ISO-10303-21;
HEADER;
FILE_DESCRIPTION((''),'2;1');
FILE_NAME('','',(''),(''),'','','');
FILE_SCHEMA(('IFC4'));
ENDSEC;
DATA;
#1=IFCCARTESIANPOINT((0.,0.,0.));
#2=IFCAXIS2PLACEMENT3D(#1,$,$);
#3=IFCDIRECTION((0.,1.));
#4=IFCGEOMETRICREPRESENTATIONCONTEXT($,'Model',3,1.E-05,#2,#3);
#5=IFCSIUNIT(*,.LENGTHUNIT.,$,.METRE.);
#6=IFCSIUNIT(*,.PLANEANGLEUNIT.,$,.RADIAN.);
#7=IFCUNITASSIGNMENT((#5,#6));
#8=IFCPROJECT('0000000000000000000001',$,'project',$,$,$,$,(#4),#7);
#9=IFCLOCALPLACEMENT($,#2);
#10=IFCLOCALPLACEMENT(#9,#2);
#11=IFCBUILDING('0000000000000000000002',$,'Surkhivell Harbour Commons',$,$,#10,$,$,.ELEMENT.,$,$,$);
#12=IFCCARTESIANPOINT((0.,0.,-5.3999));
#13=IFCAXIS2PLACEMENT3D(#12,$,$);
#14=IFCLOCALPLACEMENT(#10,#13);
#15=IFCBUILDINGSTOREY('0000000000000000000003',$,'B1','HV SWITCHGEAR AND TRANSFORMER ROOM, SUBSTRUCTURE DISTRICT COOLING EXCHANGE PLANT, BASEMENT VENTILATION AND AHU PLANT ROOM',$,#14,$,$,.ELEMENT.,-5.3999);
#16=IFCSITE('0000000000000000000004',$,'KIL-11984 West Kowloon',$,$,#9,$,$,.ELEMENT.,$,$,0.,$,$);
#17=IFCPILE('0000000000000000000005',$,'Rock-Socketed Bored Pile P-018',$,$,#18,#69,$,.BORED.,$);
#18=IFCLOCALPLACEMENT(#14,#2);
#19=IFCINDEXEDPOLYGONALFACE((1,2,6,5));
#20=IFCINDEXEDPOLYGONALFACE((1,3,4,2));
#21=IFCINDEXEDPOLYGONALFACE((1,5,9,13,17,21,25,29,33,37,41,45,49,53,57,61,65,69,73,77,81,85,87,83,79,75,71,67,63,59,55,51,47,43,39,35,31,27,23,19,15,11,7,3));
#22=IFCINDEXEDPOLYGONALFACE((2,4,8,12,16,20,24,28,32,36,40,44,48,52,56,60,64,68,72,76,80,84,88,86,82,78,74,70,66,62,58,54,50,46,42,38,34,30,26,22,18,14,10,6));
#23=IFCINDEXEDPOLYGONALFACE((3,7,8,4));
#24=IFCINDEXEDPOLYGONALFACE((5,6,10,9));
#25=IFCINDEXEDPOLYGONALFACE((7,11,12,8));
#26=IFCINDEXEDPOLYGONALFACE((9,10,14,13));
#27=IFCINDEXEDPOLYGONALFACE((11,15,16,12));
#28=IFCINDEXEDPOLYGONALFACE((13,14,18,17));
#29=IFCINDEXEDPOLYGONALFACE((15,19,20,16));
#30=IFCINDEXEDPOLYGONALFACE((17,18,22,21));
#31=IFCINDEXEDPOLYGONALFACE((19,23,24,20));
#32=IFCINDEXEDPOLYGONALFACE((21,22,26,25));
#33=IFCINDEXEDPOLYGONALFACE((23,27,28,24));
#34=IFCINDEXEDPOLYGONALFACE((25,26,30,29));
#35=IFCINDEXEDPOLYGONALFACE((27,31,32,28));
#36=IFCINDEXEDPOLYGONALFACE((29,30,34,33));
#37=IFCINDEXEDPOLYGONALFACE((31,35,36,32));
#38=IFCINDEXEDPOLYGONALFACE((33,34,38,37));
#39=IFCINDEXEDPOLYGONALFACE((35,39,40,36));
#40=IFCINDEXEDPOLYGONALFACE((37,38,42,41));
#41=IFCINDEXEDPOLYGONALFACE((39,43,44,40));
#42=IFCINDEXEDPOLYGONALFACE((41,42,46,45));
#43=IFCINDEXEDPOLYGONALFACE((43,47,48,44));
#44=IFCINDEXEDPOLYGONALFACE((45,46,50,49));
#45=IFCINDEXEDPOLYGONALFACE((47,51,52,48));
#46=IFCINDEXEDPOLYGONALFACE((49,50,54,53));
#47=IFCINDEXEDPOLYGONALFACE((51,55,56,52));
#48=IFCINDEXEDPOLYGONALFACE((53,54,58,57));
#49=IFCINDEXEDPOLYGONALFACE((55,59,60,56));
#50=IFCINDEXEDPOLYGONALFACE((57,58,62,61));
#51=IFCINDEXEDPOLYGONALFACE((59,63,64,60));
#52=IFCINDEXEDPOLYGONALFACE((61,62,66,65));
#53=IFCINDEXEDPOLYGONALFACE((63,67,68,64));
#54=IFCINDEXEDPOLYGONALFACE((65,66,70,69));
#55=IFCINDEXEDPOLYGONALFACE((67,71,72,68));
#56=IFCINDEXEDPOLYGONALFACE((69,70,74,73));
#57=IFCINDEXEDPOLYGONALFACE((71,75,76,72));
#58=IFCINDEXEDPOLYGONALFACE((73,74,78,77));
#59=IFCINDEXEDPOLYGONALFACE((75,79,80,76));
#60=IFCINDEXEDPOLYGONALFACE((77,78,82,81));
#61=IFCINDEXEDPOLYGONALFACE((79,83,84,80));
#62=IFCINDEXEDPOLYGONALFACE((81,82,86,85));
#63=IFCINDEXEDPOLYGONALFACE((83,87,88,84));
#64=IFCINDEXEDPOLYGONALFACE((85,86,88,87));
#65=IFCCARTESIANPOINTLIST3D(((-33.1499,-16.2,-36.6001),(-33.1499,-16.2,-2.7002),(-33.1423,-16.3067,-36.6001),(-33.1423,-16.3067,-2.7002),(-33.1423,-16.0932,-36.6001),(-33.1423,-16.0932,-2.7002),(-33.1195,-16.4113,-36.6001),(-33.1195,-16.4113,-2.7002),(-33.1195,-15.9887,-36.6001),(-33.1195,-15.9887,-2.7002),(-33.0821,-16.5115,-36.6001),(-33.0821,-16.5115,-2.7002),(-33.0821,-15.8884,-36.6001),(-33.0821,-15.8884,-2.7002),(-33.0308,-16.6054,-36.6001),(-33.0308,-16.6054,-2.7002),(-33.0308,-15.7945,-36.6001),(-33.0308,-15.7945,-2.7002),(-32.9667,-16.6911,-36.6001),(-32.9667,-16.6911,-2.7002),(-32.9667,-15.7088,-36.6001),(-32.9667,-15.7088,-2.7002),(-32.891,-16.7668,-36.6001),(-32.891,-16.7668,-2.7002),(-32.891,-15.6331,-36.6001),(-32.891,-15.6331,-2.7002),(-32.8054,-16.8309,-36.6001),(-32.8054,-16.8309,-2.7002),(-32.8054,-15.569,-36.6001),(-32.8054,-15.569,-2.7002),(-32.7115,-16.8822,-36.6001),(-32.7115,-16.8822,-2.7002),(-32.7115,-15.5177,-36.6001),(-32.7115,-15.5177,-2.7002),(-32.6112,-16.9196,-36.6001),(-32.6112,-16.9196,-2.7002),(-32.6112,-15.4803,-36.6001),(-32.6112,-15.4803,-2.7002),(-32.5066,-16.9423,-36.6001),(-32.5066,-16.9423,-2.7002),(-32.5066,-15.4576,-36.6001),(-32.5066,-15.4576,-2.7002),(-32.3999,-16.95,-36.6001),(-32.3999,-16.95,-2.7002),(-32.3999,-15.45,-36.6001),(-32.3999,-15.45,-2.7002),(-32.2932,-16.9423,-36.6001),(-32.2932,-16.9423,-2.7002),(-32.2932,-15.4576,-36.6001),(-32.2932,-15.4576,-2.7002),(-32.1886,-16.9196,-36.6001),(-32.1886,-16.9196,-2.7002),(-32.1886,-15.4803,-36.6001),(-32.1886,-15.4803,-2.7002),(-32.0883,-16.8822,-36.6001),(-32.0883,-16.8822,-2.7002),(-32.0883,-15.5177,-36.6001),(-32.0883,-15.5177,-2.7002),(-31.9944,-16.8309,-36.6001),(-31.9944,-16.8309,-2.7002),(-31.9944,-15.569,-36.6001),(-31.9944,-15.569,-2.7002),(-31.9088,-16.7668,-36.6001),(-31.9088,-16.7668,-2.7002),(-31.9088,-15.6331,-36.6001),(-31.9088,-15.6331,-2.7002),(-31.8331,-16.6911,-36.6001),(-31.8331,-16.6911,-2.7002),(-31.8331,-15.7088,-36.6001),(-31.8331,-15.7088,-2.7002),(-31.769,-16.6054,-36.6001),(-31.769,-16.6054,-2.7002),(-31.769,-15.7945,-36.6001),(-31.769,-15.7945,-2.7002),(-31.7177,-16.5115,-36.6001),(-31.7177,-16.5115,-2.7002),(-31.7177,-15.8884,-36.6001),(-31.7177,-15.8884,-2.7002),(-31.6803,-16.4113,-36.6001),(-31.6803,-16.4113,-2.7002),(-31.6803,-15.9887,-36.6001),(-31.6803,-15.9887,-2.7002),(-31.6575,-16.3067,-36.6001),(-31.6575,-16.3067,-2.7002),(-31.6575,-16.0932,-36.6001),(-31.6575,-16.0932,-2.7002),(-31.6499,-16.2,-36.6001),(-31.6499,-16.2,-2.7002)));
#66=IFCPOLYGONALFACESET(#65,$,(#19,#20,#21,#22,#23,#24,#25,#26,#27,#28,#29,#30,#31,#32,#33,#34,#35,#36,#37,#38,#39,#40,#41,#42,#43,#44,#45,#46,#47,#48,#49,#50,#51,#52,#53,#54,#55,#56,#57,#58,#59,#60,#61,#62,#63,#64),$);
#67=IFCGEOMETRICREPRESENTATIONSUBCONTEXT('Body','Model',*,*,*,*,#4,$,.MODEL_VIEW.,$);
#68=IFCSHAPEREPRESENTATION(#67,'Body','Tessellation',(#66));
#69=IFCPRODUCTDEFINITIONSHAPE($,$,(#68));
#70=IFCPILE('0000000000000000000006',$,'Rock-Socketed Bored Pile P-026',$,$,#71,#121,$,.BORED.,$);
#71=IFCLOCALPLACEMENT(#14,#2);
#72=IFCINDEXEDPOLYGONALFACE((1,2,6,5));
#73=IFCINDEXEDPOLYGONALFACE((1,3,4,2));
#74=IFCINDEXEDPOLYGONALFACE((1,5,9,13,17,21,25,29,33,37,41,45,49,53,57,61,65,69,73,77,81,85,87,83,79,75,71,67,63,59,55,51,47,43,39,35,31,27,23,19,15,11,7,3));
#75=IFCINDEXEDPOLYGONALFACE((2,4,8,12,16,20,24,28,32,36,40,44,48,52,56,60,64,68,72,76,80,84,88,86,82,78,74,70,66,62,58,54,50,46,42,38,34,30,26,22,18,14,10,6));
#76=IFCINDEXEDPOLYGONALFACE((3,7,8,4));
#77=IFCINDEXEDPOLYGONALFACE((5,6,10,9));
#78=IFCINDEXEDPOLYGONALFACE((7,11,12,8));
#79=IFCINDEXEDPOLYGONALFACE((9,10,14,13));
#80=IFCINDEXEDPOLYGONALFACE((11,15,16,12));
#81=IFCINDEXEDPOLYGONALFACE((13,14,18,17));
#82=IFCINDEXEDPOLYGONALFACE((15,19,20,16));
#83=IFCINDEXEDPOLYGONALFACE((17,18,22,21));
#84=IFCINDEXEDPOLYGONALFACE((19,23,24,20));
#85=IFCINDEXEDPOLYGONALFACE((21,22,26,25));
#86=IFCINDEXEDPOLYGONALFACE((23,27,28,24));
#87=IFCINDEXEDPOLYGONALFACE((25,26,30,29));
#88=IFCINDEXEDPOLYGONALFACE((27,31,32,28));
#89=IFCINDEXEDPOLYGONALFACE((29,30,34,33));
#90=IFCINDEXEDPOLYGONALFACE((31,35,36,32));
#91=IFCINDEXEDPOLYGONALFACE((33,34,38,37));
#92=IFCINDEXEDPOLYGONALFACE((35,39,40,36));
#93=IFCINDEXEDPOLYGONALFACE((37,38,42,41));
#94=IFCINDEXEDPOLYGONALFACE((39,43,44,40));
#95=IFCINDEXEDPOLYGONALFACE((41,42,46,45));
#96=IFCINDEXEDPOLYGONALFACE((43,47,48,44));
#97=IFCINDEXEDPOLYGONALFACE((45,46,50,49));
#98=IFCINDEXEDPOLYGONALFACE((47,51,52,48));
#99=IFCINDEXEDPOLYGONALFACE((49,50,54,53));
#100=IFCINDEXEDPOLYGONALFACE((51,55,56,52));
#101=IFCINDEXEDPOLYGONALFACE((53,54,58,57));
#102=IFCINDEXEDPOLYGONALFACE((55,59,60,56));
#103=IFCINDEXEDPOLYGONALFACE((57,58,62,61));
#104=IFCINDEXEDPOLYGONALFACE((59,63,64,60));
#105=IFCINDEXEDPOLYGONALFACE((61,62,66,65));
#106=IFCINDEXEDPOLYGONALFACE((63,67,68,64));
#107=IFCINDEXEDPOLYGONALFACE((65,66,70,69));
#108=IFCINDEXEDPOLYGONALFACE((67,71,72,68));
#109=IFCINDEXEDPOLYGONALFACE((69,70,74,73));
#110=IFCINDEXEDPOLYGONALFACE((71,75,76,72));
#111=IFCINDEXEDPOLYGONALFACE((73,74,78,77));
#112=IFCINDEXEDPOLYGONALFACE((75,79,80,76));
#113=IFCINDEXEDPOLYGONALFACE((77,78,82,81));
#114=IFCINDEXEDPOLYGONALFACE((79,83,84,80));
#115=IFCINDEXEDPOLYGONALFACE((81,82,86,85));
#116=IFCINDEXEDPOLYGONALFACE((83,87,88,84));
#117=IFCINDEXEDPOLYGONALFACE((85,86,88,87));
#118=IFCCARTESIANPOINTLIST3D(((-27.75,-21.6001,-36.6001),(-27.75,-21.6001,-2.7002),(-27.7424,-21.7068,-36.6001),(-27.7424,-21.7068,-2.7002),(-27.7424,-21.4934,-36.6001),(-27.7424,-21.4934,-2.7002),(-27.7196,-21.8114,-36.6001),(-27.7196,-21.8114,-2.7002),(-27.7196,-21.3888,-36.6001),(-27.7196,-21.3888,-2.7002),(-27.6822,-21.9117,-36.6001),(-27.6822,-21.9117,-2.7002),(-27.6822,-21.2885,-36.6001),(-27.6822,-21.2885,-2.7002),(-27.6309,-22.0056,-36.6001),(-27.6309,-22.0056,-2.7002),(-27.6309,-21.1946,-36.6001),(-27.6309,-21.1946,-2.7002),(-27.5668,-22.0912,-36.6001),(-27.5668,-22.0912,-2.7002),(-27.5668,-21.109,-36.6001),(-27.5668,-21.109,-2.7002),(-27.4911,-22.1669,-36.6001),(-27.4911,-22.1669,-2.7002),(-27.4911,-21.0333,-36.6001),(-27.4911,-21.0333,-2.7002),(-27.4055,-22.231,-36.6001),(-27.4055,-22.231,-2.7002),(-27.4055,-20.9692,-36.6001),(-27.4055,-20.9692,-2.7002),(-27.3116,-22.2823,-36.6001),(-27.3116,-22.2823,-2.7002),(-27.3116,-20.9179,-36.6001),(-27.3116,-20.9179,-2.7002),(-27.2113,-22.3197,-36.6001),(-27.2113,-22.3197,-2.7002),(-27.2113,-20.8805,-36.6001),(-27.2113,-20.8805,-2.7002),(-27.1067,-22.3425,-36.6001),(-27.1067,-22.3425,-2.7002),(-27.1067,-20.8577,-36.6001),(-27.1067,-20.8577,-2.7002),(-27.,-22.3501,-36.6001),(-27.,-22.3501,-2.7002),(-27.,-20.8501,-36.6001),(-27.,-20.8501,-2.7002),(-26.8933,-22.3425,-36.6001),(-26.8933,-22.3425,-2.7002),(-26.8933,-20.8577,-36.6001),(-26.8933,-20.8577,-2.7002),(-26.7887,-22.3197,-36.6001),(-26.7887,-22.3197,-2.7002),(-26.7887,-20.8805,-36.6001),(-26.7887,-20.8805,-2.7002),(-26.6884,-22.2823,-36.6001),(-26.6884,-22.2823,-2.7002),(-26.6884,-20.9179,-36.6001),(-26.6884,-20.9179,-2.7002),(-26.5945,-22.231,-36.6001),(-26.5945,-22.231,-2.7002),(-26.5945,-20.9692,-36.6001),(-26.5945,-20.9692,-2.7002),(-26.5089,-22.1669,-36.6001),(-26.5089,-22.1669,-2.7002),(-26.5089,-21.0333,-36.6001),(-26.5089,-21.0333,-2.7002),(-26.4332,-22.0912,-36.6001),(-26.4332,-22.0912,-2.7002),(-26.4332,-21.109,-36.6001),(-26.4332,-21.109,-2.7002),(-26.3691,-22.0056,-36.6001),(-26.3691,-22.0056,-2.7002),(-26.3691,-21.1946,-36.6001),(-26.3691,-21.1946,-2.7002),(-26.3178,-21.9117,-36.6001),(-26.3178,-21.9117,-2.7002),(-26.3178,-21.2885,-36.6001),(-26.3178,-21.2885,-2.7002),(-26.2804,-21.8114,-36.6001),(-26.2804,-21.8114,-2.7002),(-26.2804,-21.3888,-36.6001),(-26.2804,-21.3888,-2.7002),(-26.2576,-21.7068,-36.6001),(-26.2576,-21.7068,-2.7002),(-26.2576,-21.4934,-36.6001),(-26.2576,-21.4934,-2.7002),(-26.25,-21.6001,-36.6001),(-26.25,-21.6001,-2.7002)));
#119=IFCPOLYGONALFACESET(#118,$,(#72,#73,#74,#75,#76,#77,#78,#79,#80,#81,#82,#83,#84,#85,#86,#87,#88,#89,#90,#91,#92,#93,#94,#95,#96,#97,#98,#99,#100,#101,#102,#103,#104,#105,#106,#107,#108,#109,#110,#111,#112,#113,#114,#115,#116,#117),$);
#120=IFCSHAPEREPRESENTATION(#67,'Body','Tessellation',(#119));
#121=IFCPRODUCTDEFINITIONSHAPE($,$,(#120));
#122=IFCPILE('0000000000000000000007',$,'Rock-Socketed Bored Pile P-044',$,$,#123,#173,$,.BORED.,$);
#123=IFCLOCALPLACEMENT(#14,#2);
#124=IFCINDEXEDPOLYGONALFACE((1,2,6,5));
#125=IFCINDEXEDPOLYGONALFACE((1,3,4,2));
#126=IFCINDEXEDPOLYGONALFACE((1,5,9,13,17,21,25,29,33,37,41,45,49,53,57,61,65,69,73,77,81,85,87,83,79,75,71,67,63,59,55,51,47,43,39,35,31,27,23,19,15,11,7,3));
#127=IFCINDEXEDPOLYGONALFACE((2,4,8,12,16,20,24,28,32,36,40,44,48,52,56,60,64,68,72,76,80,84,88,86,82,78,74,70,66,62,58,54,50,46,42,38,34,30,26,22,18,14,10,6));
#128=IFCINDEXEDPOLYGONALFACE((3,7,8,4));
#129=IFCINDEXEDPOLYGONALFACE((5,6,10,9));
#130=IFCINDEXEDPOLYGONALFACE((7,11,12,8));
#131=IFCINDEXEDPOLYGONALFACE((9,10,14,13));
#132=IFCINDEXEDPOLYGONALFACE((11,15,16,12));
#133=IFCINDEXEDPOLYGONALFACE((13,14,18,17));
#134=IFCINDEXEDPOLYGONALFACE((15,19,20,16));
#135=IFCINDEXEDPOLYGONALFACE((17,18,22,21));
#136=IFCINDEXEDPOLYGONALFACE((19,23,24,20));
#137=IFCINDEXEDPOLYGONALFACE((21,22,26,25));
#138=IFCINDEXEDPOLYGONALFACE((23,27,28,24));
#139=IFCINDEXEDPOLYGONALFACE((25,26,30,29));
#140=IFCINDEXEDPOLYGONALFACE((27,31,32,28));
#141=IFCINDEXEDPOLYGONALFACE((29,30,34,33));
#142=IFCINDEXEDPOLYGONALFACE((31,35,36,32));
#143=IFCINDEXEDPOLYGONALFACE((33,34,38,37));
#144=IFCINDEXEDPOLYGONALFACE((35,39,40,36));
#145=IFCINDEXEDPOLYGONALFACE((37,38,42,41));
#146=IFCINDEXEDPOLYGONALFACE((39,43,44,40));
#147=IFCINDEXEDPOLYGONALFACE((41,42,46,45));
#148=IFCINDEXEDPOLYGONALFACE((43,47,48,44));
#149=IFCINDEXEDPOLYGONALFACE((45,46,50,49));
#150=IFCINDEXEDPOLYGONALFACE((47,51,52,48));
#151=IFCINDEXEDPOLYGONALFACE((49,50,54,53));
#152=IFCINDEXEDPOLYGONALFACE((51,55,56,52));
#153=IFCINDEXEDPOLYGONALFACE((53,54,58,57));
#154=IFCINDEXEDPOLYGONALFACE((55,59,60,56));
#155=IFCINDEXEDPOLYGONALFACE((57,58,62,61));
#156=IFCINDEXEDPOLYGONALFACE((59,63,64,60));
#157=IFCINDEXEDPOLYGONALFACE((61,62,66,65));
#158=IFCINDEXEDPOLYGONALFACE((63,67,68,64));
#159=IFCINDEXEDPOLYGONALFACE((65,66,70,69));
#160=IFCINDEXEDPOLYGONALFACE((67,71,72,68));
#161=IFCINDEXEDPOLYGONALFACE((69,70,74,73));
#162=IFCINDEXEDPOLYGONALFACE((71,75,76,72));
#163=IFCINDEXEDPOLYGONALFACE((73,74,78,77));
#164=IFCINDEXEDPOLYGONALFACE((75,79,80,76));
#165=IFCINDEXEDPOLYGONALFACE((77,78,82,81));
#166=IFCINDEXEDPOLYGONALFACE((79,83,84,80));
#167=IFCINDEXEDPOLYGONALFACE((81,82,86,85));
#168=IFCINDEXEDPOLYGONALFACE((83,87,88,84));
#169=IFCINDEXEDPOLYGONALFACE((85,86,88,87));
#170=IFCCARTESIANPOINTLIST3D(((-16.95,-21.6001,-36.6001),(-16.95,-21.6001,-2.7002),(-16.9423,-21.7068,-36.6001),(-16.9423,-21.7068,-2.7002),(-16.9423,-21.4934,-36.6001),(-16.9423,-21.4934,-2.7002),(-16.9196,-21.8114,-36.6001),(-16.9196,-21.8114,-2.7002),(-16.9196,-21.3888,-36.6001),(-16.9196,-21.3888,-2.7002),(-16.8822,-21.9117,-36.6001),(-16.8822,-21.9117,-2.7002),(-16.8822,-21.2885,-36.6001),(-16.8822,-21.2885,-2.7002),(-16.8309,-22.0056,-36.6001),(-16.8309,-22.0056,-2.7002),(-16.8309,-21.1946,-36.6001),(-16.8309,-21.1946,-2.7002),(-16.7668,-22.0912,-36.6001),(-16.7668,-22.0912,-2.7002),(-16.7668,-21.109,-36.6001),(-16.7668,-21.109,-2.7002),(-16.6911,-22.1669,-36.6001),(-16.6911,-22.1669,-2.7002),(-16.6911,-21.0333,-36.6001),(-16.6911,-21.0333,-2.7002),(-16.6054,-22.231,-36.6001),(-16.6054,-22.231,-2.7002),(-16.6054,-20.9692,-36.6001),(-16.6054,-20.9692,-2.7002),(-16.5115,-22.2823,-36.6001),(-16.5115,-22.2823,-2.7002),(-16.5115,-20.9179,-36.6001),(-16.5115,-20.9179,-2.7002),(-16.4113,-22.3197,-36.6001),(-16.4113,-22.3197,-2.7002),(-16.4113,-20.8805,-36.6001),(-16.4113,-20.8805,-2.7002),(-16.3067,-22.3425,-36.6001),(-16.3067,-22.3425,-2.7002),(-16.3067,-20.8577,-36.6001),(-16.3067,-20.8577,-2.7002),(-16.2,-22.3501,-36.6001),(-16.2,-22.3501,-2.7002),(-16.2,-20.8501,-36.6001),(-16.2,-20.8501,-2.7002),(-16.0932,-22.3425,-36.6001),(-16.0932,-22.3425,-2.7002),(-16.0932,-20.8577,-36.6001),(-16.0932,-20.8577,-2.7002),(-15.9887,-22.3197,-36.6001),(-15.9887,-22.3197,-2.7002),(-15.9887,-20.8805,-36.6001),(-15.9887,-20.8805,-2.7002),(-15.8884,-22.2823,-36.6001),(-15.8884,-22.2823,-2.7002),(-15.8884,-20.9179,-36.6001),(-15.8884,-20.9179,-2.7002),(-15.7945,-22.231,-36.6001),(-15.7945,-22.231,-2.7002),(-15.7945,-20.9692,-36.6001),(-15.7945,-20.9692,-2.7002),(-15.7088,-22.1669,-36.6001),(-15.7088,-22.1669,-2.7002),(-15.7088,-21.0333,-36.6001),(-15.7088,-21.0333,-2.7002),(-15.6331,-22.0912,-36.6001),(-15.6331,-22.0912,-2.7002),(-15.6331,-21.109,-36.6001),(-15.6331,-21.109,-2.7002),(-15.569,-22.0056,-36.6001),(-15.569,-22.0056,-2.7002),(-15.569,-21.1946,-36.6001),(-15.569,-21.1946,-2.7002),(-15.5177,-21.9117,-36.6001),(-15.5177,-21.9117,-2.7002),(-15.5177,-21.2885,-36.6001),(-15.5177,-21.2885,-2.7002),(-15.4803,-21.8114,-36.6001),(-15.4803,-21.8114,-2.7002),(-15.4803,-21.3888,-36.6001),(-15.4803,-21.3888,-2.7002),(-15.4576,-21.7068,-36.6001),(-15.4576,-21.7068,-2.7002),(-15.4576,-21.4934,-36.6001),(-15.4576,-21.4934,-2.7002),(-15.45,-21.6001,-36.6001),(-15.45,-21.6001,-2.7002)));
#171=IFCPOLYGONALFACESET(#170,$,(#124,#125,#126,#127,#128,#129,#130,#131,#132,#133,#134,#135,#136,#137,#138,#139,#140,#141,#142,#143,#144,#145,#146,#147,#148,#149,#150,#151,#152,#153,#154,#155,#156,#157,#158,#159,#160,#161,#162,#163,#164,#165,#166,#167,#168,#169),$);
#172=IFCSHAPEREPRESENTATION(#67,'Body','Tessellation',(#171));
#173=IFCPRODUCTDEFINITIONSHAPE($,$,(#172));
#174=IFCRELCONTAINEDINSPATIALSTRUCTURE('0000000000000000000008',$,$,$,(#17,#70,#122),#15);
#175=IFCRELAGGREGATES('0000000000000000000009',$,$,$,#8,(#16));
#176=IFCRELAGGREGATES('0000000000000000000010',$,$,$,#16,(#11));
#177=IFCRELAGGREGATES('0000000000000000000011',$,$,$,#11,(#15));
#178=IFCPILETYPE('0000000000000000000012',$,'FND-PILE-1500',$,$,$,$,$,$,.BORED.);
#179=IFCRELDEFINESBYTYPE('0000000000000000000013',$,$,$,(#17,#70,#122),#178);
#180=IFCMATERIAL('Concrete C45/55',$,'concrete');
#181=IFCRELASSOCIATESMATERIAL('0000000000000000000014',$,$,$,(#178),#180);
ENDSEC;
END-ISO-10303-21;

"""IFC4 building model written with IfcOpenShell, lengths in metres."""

from ifc_helpers import new_model, si_unit, direction, frame, origin, origin_2d, place, context, subcontext, project, spatial, circle, extrude, material, material_profile, profile_set, type_object, element, save


model = new_model("IFC4")

# Units and contexts
model_context = context("Model", 3, precision=1e-05, world=origin(), true_north=direction((0.0, 1.0)))
body_context = subcontext(model_context, "Body", "Model", "MODEL_VIEW")
ifc_project = project(units=[si_unit("LENGTHUNIT", "METRE"), si_unit("PLANEANGLEUNIT", "RADIAN")], contexts=[model_context])

# Site, building, storey
site_placement = place(None, origin())
site = spatial("IfcSite", under=ifc_project, at=site_placement, Name="KIL-11984 West Kowloon", CompositionType="ELEMENT", RefElevation=0.0)
building_placement = place(site_placement, origin())
building = spatial("IfcBuilding", under=site, at=building_placement, Name="Surkhivell Harbour Commons", CompositionType="ELEMENT")
storey_placement = place(building_placement, frame((0.0, 0.0, -5.3999)))
storey = spatial("IfcBuildingStorey", under=building, at=storey_placement, Name="B1", Description="HV SWITCHGEAR AND TRANSFORMER ROOM, SUBSTRUCTURE DISTRICT COOLING EXCHANGE PLANT, BASEMENT VENTILATION AND AHU PLANT ROOM", CompositionType="ELEMENT", Elevation=-5.3999)

# Piles
ifc_material_1 = material(Name="Concrete C45/55", Category="concrete")
ifc_material_profile_1 = material_profile(ifc_material_1, circle(Radius=0.75, at=origin_2d()), Name="PILE-1500")
ifc_profile_set_1 = profile_set([ifc_material_profile_1], Name="Concrete C45/55")
pile_type_1 = type_object("IfcPileType", Name="FND-PILE-1500", PredefinedType="BORED", material=ifc_profile_set_1)
for number, where, z_axis, x_axis, name in (
    (1, (-32.3999, -16.2, -2.7002), (0.0, 0.0, -1.0), (1.0, 0.0, 0.0), "Rock-Socketed Bored Pile P-018"),
    (2, (-27.0, -21.6001, -2.7002), (0.0, 0.0, -1.0), (1.0, 0.0, 0.0), "Rock-Socketed Bored Pile P-026"),
    (3, (-16.2, -21.6001, -2.7002), (0.0, 0.0, -1.0), (1.0, 0.0, 0.0), "Rock-Socketed Bored Pile P-044"),
):
    element("IfcPile", number, at=place(storey_placement, frame(where, z_axis=z_axis, x_axis=x_axis)), inside=storey, type_object=pile_type_1, Name=name, PredefinedType="BORED", context=body_context, shape_type="SweptSolid", body=[
        extrude(circle(Radius=0.75, at=origin_2d()), origin(), (0.0, 0.0, 1.0), 33.8999),
    ])

save(model, "model.ifc")
